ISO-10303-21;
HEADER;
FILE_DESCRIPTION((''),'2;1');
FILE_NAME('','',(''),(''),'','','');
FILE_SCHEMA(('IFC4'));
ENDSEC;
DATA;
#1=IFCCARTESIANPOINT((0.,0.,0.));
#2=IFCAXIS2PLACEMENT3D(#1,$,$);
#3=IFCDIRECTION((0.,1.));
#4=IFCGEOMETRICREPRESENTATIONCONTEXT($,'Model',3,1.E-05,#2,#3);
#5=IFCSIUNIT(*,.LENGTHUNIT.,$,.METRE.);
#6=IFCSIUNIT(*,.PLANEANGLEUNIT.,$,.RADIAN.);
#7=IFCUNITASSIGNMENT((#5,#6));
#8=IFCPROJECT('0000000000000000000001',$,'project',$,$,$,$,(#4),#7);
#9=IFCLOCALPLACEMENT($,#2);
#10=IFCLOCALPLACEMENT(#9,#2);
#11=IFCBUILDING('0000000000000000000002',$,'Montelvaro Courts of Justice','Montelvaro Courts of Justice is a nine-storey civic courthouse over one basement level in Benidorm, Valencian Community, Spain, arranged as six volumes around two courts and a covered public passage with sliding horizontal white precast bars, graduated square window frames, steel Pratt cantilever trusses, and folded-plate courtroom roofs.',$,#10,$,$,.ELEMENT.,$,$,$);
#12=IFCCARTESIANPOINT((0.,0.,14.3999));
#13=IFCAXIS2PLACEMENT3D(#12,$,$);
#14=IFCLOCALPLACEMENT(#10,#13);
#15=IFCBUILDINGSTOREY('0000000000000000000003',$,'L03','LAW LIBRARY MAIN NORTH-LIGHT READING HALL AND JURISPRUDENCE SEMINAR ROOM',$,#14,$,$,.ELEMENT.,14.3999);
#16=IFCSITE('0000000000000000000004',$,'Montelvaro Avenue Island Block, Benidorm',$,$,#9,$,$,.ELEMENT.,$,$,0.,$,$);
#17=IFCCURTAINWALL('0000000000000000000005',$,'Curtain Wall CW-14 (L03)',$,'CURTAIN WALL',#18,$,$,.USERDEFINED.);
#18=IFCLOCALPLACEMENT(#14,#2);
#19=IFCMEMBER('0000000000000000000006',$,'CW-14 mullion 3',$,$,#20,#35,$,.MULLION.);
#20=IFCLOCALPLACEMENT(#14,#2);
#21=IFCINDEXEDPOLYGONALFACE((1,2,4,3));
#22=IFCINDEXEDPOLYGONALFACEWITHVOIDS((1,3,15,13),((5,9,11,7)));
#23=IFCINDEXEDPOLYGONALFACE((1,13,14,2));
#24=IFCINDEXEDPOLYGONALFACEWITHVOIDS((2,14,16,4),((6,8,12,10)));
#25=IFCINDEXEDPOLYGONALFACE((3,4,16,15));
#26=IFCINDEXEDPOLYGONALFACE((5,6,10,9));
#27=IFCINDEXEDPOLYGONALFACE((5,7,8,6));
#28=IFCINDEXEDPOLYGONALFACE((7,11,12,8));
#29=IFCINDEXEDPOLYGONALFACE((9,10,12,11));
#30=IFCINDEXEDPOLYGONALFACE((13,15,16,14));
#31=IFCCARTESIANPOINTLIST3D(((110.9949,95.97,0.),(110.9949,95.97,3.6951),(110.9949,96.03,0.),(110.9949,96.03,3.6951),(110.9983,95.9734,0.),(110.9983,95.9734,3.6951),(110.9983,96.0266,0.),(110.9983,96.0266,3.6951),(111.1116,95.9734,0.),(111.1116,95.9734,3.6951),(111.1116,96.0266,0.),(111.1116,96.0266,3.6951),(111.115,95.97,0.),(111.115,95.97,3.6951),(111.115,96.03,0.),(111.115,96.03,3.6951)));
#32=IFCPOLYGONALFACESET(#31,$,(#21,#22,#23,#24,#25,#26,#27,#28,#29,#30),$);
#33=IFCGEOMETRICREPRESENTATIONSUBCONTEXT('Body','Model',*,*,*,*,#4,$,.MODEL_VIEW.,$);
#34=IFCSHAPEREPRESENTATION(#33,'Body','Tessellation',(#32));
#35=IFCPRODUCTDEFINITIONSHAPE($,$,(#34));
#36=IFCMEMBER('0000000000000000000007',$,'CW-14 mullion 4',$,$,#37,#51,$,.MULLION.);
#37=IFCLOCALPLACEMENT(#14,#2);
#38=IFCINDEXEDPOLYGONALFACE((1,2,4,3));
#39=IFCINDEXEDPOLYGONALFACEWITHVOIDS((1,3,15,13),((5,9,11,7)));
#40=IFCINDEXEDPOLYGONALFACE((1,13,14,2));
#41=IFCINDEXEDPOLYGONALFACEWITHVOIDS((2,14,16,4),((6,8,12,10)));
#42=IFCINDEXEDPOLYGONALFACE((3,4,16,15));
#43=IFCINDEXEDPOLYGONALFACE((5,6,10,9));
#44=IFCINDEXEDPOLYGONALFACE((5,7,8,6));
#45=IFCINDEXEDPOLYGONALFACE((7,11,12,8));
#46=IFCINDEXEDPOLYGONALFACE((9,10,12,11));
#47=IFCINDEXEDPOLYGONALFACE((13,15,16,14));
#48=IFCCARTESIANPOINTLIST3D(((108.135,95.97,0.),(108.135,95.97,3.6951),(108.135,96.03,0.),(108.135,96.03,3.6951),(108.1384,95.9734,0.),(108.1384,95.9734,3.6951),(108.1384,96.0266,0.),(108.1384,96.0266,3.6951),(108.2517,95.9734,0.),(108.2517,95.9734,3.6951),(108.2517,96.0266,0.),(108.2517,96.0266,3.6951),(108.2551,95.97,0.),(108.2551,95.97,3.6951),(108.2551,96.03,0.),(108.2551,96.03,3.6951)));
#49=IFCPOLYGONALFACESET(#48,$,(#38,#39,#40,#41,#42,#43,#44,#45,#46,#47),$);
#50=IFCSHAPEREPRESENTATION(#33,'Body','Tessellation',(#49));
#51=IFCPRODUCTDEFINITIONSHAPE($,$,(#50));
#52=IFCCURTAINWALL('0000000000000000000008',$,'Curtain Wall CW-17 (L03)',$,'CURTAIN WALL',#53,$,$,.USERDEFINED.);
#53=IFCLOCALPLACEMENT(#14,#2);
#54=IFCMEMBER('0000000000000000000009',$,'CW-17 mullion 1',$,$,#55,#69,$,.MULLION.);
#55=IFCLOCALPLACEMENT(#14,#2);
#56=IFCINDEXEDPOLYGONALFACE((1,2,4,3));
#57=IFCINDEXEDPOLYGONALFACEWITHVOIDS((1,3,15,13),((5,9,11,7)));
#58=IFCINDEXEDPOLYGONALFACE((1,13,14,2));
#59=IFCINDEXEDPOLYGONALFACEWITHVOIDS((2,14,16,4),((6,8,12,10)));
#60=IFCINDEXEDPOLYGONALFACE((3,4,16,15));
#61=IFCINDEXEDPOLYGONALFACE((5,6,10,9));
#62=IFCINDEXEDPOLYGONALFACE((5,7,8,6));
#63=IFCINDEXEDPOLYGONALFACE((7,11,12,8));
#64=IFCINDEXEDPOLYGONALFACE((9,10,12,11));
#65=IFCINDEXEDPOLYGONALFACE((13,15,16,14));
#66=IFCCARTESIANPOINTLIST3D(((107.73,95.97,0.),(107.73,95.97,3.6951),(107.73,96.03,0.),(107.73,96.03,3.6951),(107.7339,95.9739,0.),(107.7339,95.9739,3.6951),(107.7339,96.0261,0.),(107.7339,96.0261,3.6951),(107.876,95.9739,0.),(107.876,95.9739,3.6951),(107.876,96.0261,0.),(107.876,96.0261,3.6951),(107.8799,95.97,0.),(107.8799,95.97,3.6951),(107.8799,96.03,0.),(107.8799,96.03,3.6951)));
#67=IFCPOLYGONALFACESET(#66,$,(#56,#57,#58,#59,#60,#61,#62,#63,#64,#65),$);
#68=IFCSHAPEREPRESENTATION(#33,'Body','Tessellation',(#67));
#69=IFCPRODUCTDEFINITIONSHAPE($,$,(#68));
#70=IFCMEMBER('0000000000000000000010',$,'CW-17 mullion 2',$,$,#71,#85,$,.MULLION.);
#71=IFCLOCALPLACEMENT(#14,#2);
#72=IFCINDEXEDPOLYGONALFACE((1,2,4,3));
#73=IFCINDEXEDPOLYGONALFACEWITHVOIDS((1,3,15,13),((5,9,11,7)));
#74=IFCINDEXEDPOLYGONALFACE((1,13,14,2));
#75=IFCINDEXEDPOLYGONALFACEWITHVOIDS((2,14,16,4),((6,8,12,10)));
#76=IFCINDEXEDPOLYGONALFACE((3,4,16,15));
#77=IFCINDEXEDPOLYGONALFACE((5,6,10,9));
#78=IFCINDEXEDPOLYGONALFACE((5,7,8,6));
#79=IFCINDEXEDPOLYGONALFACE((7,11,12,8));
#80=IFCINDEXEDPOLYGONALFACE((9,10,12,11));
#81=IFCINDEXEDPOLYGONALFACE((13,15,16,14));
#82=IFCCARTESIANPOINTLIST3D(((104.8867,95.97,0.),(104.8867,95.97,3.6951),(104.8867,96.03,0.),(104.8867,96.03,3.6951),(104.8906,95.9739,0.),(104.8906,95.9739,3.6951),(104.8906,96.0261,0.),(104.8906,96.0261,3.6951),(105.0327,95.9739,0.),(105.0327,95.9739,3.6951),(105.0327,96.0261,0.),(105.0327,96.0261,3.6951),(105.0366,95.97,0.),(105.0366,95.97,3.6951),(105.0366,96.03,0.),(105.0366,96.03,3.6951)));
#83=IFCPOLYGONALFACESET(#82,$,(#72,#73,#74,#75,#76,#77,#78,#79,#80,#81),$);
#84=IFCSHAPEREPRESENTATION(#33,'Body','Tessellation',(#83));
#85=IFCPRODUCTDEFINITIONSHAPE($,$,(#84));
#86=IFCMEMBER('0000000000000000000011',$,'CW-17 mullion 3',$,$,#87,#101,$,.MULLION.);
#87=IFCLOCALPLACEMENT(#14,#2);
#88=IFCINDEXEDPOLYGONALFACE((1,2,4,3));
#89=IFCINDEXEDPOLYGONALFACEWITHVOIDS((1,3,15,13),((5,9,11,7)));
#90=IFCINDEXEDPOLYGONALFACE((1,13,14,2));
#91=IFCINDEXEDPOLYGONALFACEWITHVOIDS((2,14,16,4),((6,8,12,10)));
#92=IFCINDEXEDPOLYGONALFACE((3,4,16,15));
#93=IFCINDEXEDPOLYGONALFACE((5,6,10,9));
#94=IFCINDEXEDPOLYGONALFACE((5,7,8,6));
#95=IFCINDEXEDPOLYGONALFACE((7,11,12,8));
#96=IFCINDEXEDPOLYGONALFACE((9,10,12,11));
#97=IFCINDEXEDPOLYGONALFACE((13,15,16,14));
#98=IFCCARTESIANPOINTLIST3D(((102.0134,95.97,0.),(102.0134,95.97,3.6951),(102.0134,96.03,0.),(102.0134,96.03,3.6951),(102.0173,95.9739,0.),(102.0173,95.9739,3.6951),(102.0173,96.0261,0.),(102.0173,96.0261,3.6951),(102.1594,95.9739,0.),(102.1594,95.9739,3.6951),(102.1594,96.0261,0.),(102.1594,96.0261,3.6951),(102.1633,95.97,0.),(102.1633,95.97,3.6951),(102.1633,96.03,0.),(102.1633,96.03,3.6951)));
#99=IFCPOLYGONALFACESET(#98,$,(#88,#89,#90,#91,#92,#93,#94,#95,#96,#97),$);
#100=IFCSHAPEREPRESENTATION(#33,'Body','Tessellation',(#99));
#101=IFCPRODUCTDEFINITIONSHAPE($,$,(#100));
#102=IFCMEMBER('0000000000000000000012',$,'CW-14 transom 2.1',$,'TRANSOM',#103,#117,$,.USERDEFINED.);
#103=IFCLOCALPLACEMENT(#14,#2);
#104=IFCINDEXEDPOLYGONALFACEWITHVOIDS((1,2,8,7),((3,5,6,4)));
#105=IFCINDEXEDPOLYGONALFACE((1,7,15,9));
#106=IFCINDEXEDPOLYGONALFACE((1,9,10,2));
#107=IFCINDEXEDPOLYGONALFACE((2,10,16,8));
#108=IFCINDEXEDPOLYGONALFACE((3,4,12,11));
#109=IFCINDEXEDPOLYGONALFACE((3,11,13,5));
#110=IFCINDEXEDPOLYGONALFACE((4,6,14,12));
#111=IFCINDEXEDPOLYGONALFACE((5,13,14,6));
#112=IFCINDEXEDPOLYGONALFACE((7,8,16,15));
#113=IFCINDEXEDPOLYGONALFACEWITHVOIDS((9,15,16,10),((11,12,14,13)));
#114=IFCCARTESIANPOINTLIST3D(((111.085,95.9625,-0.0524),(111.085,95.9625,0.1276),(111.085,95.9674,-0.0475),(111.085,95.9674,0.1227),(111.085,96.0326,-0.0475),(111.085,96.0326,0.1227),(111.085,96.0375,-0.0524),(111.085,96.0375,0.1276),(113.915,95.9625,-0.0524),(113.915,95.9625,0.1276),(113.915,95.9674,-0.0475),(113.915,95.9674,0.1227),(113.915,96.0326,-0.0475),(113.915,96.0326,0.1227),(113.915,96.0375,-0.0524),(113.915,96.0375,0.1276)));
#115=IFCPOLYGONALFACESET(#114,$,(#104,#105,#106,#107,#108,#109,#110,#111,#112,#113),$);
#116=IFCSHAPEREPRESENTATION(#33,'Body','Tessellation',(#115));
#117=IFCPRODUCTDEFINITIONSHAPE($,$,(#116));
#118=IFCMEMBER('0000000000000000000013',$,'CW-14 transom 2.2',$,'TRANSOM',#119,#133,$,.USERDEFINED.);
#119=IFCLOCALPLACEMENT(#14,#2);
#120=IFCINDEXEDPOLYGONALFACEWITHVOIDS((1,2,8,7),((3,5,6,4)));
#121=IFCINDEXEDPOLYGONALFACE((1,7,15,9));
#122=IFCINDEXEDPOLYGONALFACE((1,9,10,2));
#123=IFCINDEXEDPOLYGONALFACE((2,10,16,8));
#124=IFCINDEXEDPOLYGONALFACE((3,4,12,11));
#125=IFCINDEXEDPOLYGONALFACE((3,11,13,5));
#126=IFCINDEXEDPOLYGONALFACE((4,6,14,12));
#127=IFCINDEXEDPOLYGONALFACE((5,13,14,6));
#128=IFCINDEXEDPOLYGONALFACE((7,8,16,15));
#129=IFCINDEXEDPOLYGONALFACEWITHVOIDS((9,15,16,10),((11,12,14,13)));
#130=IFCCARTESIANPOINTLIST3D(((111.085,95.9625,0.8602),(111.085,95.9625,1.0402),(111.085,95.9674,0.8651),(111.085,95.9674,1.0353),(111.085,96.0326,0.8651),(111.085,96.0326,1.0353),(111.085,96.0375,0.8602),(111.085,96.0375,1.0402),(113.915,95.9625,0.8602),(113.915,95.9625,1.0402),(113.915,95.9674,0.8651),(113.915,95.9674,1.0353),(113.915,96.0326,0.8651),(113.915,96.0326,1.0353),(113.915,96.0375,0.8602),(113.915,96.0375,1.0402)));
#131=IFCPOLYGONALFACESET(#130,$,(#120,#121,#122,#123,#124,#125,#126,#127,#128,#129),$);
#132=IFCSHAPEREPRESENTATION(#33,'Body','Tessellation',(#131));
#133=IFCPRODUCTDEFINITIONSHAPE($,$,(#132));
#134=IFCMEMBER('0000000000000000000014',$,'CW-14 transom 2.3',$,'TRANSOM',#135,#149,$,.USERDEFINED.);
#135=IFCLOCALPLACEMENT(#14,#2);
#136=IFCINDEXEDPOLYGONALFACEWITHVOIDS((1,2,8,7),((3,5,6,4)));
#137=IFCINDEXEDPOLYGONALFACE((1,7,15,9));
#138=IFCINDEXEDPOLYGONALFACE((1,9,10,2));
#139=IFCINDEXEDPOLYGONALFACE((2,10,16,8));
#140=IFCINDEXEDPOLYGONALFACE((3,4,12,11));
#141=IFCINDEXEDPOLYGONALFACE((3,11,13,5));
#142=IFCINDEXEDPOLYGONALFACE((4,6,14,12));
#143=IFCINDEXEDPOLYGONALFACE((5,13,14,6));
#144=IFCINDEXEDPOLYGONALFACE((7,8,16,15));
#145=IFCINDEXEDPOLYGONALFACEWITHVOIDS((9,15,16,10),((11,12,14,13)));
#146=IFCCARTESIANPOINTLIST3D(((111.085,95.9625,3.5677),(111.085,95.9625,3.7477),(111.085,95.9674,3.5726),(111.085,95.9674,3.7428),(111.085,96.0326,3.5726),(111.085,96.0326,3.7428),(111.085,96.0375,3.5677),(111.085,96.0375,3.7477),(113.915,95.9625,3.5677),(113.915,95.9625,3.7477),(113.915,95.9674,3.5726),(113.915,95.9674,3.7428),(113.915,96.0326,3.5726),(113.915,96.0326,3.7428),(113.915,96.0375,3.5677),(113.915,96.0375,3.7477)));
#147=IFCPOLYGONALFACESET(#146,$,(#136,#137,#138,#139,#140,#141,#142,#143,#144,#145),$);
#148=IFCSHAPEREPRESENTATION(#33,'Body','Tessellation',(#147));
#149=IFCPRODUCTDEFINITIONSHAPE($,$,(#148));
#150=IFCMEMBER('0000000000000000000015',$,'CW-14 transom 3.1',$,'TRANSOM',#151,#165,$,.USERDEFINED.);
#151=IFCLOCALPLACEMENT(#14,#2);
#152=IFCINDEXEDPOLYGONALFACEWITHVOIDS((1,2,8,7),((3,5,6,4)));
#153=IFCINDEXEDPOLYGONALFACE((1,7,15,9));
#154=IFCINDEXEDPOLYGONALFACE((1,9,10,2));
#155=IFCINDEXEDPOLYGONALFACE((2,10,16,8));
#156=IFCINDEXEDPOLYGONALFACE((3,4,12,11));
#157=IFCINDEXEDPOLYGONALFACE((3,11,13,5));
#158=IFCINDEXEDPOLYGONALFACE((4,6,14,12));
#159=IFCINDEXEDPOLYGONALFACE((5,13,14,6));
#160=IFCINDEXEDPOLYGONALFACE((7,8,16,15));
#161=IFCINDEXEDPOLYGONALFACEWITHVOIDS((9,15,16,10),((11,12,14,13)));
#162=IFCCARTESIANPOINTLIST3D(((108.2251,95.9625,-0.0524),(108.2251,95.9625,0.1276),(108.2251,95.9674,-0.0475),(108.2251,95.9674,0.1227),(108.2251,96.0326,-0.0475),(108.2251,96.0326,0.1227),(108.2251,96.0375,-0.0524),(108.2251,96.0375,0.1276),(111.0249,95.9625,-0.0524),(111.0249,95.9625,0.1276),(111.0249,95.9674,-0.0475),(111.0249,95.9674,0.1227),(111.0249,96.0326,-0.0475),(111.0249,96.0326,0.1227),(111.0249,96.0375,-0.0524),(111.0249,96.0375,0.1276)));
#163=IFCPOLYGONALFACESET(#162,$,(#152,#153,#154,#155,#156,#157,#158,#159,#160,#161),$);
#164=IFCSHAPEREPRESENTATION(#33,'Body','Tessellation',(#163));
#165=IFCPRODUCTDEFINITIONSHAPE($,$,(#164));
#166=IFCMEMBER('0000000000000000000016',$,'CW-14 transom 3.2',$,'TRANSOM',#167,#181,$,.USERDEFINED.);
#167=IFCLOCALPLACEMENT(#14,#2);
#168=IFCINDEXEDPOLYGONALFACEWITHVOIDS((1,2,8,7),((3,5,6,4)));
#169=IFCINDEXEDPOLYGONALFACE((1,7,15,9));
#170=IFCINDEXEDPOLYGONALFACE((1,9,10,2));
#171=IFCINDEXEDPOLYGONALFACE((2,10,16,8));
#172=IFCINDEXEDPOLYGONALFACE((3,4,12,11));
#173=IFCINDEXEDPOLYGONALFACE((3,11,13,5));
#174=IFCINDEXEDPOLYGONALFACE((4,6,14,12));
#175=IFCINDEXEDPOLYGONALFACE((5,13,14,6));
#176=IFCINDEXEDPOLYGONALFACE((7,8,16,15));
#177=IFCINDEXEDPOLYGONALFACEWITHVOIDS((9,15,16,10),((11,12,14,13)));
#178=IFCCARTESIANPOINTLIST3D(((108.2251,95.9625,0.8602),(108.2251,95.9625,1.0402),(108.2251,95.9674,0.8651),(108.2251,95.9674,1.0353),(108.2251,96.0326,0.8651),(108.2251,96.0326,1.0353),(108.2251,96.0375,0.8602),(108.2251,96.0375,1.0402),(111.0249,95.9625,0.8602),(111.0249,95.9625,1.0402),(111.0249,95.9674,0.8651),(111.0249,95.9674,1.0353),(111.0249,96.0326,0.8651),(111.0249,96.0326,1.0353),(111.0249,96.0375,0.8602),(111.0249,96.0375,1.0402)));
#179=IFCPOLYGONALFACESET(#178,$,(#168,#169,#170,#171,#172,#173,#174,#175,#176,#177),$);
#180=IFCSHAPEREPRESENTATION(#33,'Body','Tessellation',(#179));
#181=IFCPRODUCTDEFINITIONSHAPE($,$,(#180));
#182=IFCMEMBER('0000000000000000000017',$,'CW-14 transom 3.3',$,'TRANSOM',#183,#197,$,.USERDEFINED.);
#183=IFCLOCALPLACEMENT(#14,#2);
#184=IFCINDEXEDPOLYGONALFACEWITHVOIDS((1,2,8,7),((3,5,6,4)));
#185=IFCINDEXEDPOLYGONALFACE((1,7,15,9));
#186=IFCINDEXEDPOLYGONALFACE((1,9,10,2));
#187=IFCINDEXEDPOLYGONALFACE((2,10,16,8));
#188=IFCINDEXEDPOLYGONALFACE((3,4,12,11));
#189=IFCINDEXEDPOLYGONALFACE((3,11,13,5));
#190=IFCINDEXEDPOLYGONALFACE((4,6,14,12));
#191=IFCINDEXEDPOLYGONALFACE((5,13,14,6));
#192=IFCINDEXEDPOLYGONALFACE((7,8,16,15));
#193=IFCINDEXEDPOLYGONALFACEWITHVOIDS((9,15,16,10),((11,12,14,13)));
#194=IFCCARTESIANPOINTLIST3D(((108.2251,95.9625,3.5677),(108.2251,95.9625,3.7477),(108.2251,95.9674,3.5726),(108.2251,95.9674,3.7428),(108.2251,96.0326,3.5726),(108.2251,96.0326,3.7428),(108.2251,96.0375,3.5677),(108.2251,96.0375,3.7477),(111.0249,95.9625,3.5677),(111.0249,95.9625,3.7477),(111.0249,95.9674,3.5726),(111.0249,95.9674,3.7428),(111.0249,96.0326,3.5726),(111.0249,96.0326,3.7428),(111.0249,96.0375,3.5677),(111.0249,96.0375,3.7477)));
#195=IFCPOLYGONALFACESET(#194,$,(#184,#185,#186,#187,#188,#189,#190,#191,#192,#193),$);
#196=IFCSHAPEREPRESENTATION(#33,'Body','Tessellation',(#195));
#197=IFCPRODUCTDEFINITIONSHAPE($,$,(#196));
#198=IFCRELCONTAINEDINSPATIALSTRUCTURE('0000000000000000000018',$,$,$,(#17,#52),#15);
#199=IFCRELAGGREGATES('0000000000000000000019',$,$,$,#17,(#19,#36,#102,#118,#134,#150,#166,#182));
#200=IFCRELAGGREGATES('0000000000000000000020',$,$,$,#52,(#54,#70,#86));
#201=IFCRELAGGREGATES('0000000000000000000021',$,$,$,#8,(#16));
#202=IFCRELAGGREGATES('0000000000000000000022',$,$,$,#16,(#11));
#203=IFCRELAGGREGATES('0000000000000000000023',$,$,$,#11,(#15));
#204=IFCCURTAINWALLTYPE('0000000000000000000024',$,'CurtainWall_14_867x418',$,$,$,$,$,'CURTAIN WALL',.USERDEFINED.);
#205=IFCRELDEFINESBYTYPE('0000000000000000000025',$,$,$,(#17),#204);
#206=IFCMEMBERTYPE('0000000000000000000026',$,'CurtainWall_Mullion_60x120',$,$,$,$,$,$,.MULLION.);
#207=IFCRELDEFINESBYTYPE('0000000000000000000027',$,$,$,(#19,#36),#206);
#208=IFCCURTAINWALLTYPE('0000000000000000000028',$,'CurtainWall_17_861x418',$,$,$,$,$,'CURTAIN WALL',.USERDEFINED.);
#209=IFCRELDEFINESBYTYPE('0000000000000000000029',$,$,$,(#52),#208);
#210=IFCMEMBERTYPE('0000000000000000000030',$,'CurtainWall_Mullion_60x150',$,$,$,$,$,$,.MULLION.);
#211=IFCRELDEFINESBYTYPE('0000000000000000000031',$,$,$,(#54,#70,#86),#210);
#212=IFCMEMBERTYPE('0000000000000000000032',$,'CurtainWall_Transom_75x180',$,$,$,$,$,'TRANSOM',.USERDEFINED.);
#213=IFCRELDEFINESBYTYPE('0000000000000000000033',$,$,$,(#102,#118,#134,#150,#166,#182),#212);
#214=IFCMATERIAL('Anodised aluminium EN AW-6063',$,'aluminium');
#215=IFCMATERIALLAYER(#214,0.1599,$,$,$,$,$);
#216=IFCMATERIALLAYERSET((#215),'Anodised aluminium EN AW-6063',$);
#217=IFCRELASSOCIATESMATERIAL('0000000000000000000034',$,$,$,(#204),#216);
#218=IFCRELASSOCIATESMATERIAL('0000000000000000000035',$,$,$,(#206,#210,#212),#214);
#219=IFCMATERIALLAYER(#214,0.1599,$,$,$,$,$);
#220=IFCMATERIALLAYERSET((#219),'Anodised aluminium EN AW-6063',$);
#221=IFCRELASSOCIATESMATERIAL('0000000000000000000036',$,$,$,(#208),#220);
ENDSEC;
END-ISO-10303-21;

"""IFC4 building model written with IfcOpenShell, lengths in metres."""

from ifc_helpers import new_model, si_unit, direction, frame, origin, origin_2d, place, context, subcontext, project, spatial, hollow_rectangle, extrude, material, layer, layer_set, material_profile, profile_set, type_object, element, aggregate, save


model = new_model("IFC4")

# Units and contexts
model_context = context("Model", 3, precision=1e-05, world=origin(), true_north=direction((0.0, 1.0)))
body_context = subcontext(model_context, "Body", "Model", "MODEL_VIEW")
ifc_project = project(units=[si_unit("LENGTHUNIT", "METRE"), si_unit("PLANEANGLEUNIT", "RADIAN")], contexts=[model_context])

# Site, building, storey
site_placement = place(None, origin())
site = spatial("IfcSite", under=ifc_project, at=site_placement, Name="Montelvaro Avenue Island Block, Benidorm", CompositionType="ELEMENT", RefElevation=0.0)
building_placement = place(site_placement, origin())
building = spatial("IfcBuilding", under=site, at=building_placement, Name="Montelvaro Courts of Justice", Description="Montelvaro Courts of Justice is a nine-storey civic courthouse over one basement level in Benidorm, Valencian Community, Spain, arranged as six volumes around two courts and a covered public passage with sliding horizontal white precast bars, graduated square window frames, steel Pratt cantilever trusses, and folded-plate courtroom roofs.", CompositionType="ELEMENT")
storey_placement = place(building_placement, frame((0.0, 0.0, 14.3999)))
storey = spatial("IfcBuildingStorey", under=building, at=storey_placement, Name="L03", Description="LAW LIBRARY MAIN NORTH-LIGHT READING HALL AND JURISPRUDENCE SEMINAR ROOM", CompositionType="ELEMENT", Elevation=14.3999)

# Curtain walls, members
ifc_material_1 = material(Name="Anodised aluminium EN AW-6063", Category="aluminium")
ifc_layer_1 = layer(ifc_material_1, 0.1599)
ifc_layer_set_1 = layer_set([ifc_layer_1], Name="Anodised aluminium EN AW-6063")
curtain_wall_type_1 = type_object("IfcCurtainWallType", Name="CurtainWall_14_867x418", ElementType="CURTAIN WALL", PredefinedType="USERDEFINED", material=ifc_layer_set_1)
curtain_wall_1_placement = place(storey_placement, origin())
curtain_wall_1 = element("IfcCurtainWall", 1, at=curtain_wall_1_placement, inside=storey, type_object=curtain_wall_type_1, Name="Curtain Wall CW-14 (L03)", ObjectType="CURTAIN WALL", PredefinedType="USERDEFINED")
ifc_material_profile_1 = material_profile(ifc_material_1, hollow_rectangle(XDim=0.0601, YDim=0.1201, WallThickness=0.0034, at=origin_2d()), Name="ALU-M 60x120")
ifc_profile_set_1 = profile_set([ifc_material_profile_1], Name="Anodised aluminium EN AW-6063")
member_type_1 = type_object("IfcMemberType", Name="CurtainWall_Mullion_60x120", PredefinedType="MULLION", material=ifc_profile_set_1)
member_1_placement = place(storey_placement, frame((111.0549, 96.0, 0.0), z_axis=(0.0, 0.0, 1.0), x_axis=(0.0, -1.0, 0.0)))
member_1 = element("IfcMember", 2, at=member_1_placement, type_object=member_type_1, Name="CW-14 mullion 3", PredefinedType="MULLION", context=body_context, shape_type="SweptSolid", body=[
    extrude(hollow_rectangle(XDim=0.0601, YDim=0.1201, WallThickness=0.0034, at=origin_2d()), origin(), (0.0, 0.0, 1.0), 3.6951),
])
member_2_placement = place(storey_placement, frame((108.1951, 96.0, 0.0), z_axis=(0.0, 0.0, 1.0), x_axis=(0.0, -1.0, 0.0)))
member_2 = element("IfcMember", 3, at=member_2_placement, type_object=member_type_1, Name="CW-14 mullion 4", PredefinedType="MULLION", context=body_context, shape_type="SweptSolid", body=[
    extrude(hollow_rectangle(XDim=0.0601, YDim=0.1201, WallThickness=0.0034, at=origin_2d()), origin(), (0.0, 0.0, 1.0), 3.6951),
])
ifc_layer_2 = layer(ifc_material_1, 0.1599)
ifc_layer_set_2 = layer_set([ifc_layer_2], Name="Anodised aluminium EN AW-6063")
curtain_wall_type_2 = type_object("IfcCurtainWallType", Name="CurtainWall_17_861x418", ElementType="CURTAIN WALL", PredefinedType="USERDEFINED", material=ifc_layer_set_2)
curtain_wall_2_placement = place(storey_placement, origin())
curtain_wall_2 = element("IfcCurtainWall", 4, at=curtain_wall_2_placement, inside=storey, type_object=curtain_wall_type_2, Name="Curtain Wall CW-17 (L03)", ObjectType="CURTAIN WALL", PredefinedType="USERDEFINED")
ifc_material_profile_2 = material_profile(ifc_material_1, hollow_rectangle(XDim=0.0601, YDim=0.1499, WallThickness=0.0039, at=origin_2d()), Name="ALU-M 60x150")
ifc_profile_set_2 = profile_set([ifc_material_profile_2], Name="Anodised aluminium EN AW-6063")
member_type_2 = type_object("IfcMemberType", Name="CurtainWall_Mullion_60x150", PredefinedType="MULLION", material=ifc_profile_set_2)
member_3_placement = place(storey_placement, frame((107.8049, 96.0, 0.0), z_axis=(0.0, 0.0, 1.0), x_axis=(0.0, -1.0, 0.0)))
member_3 = element("IfcMember", 5, at=member_3_placement, type_object=member_type_2, Name="CW-17 mullion 1", PredefinedType="MULLION", context=body_context, shape_type="SweptSolid", body=[
    extrude(hollow_rectangle(XDim=0.0601, YDim=0.1499, WallThickness=0.0039, at=origin_2d()), origin(), (0.0, 0.0, 1.0), 3.6951),
])
member_4_placement = place(storey_placement, frame((104.9617, 96.0, 0.0), z_axis=(0.0, 0.0, 1.0), x_axis=(0.0, -1.0, 0.0)))
member_4 = element("IfcMember", 6, at=member_4_placement, type_object=member_type_2, Name="CW-17 mullion 2", PredefinedType="MULLION", context=body_context, shape_type="SweptSolid", body=[
    extrude(hollow_rectangle(XDim=0.0601, YDim=0.1499, WallThickness=0.0039, at=origin_2d()), origin(), (0.0, 0.0, 1.0), 3.6951),
])
member_5_placement = place(storey_placement, frame((102.0884, 96.0, 0.0), z_axis=(0.0, 0.0, 1.0), x_axis=(0.0, -1.0, 0.0)))
member_5 = element("IfcMember", 7, at=member_5_placement, type_object=member_type_2, Name="CW-17 mullion 3", PredefinedType="MULLION", context=body_context, shape_type="SweptSolid", body=[
    extrude(hollow_rectangle(XDim=0.0601, YDim=0.1499, WallThickness=0.0039, at=origin_2d()), origin(), (0.0, 0.0, 1.0), 3.6951),
])

# Members
ifc_material_profile_3 = material_profile(ifc_material_1, hollow_rectangle(XDim=0.075, YDim=0.1799, WallThickness=0.0049, at=origin_2d()), Name="ALU-T 75x180")
ifc_profile_set_3 = profile_set([ifc_material_profile_3], Name="Anodised aluminium EN AW-6063")
member_type_3 = type_object("IfcMemberType", Name="CurtainWall_Transom_75x180", ElementType="TRANSOM", PredefinedType="USERDEFINED", material=ifc_profile_set_3)
member_6_placement = place(storey_placement, frame((113.915, 96.0, 0.0376), z_axis=(-1.0, 0.0, 0.0), x_axis=(0.0, -1.0, 0.0)))
member_6 = element("IfcMember", 8, at=member_6_placement, type_object=member_type_3, Name="CW-14 transom 2.1", ObjectType="TRANSOM", PredefinedType="USERDEFINED", context=body_context, shape_type="SweptSolid", body=[
    extrude(hollow_rectangle(XDim=0.075, YDim=0.1799, WallThickness=0.0049, at=origin_2d()), origin(), (0.0, 0.0, 1.0), 2.8301),
])
member_7_placement = place(storey_placement, frame((113.915, 96.0, 0.9502), z_axis=(-1.0, 0.0, 0.0), x_axis=(0.0, -1.0, 0.0)))
member_7 = element("IfcMember", 9, at=member_7_placement, type_object=member_type_3, Name="CW-14 transom 2.2", ObjectType="TRANSOM", PredefinedType="USERDEFINED", context=body_context, shape_type="SweptSolid", body=[
    extrude(hollow_rectangle(XDim=0.075, YDim=0.1799, WallThickness=0.0049, at=origin_2d()), origin(), (0.0, 0.0, 1.0), 2.8301),
])
member_8_placement = place(storey_placement, frame((113.915, 96.0, 3.6577), z_axis=(-1.0, 0.0, 0.0), x_axis=(0.0, -1.0, 0.0)))
member_8 = element("IfcMember", 10, at=member_8_placement, type_object=member_type_3, Name="CW-14 transom 2.3", ObjectType="TRANSOM", PredefinedType="USERDEFINED", context=body_context, shape_type="SweptSolid", body=[
    extrude(hollow_rectangle(XDim=0.075, YDim=0.1799, WallThickness=0.0049, at=origin_2d()), origin(), (0.0, 0.0, 1.0), 2.8301),
])
member_9_placement = place(storey_placement, frame((111.0249, 96.0, 0.0376), z_axis=(-1.0, 0.0, 0.0), x_axis=(0.0, -1.0, 0.0)))
member_9 = element("IfcMember", 11, at=member_9_placement, type_object=member_type_3, Name="CW-14 transom 3.1", ObjectType="TRANSOM", PredefinedType="USERDEFINED", context=body_context, shape_type="SweptSolid", body=[
    extrude(hollow_rectangle(XDim=0.075, YDim=0.1799, WallThickness=0.0049, at=origin_2d()), origin(), (0.0, 0.0, 1.0), 2.7998),
])
member_10_placement = place(storey_placement, frame((111.0249, 96.0, 0.9502), z_axis=(-1.0, 0.0, 0.0), x_axis=(0.0, -1.0, 0.0)))
member_10 = element("IfcMember", 12, at=member_10_placement, type_object=member_type_3, Name="CW-14 transom 3.2", ObjectType="TRANSOM", PredefinedType="USERDEFINED", context=body_context, shape_type="SweptSolid", body=[
    extrude(hollow_rectangle(XDim=0.075, YDim=0.1799, WallThickness=0.0049, at=origin_2d()), origin(), (0.0, 0.0, 1.0), 2.7998),
])
member_11_placement = place(storey_placement, frame((111.0249, 96.0, 3.6577), z_axis=(-1.0, 0.0, 0.0), x_axis=(0.0, -1.0, 0.0)))
member_11 = element("IfcMember", 13, at=member_11_placement, type_object=member_type_3, Name="CW-14 transom 3.3", ObjectType="TRANSOM", PredefinedType="USERDEFINED", context=body_context, shape_type="SweptSolid", body=[
    extrude(hollow_rectangle(XDim=0.075, YDim=0.1799, WallThickness=0.0049, at=origin_2d()), origin(), (0.0, 0.0, 1.0), 2.7998),
])

aggregate(curtain_wall_1, [member_1, member_2, member_6, member_7, member_8, member_9, member_10, member_11])
aggregate(curtain_wall_2, [member_3, member_4, member_5])

save(model, "model.ifc")
